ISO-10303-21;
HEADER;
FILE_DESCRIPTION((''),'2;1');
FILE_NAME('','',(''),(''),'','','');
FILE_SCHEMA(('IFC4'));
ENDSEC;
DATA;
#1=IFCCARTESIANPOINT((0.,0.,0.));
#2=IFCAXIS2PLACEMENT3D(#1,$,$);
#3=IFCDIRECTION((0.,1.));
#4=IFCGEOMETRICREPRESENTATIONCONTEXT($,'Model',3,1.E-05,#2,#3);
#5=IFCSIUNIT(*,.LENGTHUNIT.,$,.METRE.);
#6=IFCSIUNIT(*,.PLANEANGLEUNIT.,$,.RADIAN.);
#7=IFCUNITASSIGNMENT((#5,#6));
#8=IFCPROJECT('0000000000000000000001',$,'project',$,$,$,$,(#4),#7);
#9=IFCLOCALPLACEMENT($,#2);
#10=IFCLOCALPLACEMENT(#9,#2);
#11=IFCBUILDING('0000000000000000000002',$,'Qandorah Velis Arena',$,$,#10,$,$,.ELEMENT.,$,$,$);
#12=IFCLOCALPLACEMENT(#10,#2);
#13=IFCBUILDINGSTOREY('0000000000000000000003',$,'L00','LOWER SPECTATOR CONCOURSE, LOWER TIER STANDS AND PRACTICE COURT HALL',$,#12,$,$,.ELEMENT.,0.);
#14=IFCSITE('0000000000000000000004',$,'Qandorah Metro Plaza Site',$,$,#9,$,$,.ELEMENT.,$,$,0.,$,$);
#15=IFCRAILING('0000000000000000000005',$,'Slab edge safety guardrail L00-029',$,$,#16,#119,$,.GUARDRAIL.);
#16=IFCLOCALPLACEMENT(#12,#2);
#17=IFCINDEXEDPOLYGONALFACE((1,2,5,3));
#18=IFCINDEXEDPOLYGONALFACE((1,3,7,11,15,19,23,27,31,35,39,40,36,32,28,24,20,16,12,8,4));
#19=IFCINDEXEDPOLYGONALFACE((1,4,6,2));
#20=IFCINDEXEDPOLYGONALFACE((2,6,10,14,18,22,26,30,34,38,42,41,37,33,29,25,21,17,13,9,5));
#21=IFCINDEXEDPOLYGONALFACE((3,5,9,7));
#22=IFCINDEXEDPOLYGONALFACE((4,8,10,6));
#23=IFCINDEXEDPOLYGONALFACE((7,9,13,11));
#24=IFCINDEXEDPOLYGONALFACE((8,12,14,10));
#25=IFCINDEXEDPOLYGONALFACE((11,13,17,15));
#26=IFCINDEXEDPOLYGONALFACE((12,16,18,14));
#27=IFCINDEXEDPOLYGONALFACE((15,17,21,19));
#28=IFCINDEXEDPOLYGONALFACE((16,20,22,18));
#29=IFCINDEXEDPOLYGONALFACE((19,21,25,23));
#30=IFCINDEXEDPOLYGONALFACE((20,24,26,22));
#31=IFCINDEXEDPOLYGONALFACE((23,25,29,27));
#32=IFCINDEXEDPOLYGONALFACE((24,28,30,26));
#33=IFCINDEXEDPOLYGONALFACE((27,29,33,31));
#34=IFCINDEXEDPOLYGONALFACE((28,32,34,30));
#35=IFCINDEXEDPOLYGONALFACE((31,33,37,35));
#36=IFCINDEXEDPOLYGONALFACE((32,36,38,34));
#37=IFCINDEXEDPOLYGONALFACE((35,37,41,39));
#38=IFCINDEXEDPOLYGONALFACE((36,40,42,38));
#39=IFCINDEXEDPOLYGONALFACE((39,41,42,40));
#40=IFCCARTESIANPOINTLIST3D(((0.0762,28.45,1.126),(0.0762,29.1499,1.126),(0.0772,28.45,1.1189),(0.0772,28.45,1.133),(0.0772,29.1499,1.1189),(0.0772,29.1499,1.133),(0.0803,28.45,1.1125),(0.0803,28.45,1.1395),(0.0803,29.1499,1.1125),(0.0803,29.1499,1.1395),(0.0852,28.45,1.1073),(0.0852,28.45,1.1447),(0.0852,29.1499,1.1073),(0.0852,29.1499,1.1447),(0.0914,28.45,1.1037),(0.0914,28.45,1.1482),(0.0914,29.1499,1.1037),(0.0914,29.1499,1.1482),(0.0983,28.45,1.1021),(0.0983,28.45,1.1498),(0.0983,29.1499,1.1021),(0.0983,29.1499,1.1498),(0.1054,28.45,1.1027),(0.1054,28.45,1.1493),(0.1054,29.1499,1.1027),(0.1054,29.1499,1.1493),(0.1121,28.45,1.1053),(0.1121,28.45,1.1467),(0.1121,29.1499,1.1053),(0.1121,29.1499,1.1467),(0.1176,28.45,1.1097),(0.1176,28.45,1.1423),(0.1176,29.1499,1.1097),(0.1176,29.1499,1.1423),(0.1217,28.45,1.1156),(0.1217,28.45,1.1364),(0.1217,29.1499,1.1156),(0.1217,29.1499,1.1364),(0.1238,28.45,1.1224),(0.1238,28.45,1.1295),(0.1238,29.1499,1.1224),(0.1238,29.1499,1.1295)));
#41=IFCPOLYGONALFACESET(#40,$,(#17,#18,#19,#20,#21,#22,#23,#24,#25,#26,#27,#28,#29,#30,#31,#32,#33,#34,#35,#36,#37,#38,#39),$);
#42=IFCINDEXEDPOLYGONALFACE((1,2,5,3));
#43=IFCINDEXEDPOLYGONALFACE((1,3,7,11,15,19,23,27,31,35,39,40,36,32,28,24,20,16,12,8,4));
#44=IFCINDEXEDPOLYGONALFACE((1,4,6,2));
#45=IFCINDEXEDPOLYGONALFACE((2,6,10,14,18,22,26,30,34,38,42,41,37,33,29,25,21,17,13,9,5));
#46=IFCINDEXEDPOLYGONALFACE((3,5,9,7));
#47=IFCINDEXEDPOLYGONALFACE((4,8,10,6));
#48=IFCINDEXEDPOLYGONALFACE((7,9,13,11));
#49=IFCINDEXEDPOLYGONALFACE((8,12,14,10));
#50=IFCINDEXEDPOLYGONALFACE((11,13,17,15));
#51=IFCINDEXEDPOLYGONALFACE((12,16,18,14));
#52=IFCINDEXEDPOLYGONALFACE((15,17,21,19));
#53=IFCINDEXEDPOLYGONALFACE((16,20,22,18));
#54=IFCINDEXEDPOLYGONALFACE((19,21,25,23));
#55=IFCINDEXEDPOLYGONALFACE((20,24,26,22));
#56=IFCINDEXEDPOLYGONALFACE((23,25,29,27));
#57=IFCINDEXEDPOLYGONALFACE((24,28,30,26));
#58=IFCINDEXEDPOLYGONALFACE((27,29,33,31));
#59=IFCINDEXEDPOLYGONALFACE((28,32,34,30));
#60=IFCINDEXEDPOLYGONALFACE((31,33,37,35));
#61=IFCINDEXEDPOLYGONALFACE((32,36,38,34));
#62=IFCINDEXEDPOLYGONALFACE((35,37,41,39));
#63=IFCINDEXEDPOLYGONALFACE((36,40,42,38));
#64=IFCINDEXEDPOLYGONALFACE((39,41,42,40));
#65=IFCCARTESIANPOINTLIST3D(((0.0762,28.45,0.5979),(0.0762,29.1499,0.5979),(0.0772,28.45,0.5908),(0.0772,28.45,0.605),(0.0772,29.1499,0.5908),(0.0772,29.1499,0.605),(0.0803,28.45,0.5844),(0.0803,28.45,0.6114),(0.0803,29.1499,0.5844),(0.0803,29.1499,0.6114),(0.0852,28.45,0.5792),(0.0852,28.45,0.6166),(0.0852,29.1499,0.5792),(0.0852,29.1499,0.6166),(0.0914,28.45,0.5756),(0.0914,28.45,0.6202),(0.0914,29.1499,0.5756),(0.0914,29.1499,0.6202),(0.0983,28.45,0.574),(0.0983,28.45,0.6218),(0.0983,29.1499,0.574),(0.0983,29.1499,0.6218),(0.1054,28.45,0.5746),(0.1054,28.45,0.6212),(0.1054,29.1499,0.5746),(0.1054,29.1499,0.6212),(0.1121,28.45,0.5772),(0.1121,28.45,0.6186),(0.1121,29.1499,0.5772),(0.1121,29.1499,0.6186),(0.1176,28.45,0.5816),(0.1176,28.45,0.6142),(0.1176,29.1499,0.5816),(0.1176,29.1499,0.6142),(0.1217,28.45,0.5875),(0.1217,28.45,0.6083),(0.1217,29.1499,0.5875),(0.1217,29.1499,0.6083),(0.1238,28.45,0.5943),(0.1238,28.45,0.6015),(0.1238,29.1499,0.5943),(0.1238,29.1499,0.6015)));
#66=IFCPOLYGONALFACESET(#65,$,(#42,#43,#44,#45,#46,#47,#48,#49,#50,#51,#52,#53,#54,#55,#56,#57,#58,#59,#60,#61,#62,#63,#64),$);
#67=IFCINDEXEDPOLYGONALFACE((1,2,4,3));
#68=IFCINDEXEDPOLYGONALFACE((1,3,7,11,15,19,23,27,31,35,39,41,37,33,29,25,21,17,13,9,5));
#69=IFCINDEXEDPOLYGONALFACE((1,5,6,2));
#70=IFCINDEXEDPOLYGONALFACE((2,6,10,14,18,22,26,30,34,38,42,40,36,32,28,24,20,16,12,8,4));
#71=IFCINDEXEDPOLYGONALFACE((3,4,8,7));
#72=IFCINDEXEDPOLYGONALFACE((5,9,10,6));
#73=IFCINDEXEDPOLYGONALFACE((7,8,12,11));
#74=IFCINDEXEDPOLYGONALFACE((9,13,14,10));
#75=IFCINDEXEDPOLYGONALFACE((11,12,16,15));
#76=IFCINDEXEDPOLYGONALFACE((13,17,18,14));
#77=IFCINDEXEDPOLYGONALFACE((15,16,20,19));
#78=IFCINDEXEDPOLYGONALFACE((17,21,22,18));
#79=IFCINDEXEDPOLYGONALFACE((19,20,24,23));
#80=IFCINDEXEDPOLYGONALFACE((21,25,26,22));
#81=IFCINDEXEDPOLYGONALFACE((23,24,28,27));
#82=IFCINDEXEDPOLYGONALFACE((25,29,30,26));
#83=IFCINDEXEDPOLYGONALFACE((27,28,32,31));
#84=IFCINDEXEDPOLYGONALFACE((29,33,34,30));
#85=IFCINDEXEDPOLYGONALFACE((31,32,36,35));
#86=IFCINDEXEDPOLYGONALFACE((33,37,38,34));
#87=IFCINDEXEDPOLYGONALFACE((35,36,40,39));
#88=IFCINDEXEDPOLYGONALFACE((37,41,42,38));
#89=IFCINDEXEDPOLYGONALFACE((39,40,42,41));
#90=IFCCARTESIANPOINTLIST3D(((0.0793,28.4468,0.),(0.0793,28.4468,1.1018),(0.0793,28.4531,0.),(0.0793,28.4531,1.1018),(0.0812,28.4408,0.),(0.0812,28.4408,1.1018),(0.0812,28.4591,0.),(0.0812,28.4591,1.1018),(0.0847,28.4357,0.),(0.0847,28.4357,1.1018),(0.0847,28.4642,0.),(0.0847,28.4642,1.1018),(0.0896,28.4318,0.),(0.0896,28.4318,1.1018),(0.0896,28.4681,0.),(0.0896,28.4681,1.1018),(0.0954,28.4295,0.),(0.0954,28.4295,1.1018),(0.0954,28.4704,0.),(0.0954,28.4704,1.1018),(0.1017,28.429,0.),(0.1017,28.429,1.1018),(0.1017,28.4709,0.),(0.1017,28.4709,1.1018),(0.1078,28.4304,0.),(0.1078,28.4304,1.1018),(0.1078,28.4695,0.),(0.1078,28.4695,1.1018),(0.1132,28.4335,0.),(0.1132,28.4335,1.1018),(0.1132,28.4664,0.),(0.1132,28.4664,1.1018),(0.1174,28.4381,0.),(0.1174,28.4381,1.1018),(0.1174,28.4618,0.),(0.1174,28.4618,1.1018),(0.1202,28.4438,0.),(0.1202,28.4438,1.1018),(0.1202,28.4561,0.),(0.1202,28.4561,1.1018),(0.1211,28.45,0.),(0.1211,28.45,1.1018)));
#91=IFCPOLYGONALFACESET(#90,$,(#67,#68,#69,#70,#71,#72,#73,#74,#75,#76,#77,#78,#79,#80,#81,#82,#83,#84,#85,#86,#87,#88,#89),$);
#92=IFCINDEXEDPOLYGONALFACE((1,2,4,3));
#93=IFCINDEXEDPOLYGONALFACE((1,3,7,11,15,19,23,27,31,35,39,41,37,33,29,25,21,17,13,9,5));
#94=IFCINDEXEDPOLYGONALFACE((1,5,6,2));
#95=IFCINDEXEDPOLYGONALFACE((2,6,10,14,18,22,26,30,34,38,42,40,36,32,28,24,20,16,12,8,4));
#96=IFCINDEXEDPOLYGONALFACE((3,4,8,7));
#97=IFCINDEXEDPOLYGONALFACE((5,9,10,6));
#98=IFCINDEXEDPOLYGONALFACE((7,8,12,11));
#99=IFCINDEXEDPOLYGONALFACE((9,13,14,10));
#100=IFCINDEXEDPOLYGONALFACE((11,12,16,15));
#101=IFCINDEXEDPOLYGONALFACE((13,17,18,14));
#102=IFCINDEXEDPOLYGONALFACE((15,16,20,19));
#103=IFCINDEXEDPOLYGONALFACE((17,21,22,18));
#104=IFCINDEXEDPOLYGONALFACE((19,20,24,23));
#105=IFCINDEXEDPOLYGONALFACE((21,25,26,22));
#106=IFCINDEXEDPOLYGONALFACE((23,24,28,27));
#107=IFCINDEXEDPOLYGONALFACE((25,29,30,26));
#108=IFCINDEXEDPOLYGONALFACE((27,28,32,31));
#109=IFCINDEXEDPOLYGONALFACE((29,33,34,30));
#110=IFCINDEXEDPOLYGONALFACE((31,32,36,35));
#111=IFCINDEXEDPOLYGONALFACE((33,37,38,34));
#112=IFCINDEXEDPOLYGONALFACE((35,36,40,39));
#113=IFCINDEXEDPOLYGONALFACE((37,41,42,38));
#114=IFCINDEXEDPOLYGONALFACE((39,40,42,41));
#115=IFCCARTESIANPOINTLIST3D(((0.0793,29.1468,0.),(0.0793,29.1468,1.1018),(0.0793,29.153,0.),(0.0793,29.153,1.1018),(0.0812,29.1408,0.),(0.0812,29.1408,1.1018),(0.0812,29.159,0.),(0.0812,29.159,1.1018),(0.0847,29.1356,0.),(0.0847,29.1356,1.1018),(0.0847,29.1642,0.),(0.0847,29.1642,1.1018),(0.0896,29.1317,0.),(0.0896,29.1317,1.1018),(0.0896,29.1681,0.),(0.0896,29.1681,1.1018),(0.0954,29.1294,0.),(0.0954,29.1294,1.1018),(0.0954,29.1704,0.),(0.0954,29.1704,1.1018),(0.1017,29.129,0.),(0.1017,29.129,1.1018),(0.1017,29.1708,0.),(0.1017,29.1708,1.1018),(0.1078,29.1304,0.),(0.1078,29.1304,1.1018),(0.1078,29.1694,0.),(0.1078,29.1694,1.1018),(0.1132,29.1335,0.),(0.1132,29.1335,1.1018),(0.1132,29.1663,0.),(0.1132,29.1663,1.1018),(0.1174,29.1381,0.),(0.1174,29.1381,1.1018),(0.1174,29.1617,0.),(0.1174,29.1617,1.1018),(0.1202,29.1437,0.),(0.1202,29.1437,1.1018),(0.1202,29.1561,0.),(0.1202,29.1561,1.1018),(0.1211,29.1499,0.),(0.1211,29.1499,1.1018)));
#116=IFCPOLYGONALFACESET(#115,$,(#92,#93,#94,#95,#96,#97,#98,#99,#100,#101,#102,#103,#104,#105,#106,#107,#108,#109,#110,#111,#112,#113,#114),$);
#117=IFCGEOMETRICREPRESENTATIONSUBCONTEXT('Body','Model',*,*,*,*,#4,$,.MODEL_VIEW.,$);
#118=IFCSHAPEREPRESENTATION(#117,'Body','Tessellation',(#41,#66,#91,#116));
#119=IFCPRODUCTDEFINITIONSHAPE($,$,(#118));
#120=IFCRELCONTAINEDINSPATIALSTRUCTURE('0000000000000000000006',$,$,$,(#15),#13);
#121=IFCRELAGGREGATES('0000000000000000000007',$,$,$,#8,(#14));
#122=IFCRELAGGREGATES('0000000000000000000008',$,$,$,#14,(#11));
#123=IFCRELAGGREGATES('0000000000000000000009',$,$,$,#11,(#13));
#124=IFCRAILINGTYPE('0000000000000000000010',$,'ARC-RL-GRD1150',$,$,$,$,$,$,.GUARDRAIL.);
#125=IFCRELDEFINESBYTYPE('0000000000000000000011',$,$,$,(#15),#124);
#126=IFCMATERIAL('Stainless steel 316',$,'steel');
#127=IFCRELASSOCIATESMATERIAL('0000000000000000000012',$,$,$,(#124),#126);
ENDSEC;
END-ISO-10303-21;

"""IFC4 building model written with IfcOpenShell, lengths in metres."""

from ifc_helpers import new_model, si_unit, direction, frame, origin, origin_2d, place, context, subcontext, project, spatial, circle, extrude, material, type_object, element, save


model = new_model("IFC4")

# Units and contexts
model_context = context("Model", 3, precision=1e-05, world=origin(), true_north=direction((0.0, 1.0)))
body_context = subcontext(model_context, "Body", "Model", "MODEL_VIEW")
ifc_project = project(units=[si_unit("LENGTHUNIT", "METRE"), si_unit("PLANEANGLEUNIT", "RADIAN")], contexts=[model_context])

# Site, building, storey
site_placement = place(None, origin())
site = spatial("IfcSite", under=ifc_project, at=site_placement, Name="Qandorah Metro Plaza Site", CompositionType="ELEMENT", RefElevation=0.0)
building_placement = place(site_placement, origin())
building = spatial("IfcBuilding", under=site, at=building_placement, Name="Qandorah Velis Arena", CompositionType="ELEMENT")
storey_placement = place(building_placement, origin())
storey = spatial("IfcBuildingStorey", under=building, at=storey_placement, Name="L00", Description="LOWER SPECTATOR CONCOURSE, LOWER TIER STANDS AND PRACTICE COURT HALL", CompositionType="ELEMENT", Elevation=0.0)

# Railing
ifc_material_1 = material(Name="Stainless steel 316", Category="steel")
railing_type = type_object("IfcRailingType", Name="ARC-RL-GRD1150", PredefinedType="GUARDRAIL", material=ifc_material_1)
railing_1_placement = place(storey_placement, frame((0.1001, 28.45, 0.0)))
element("IfcRailing", 1, at=railing_1_placement, inside=storey, type_object=railing_type, Name="Slab edge safety guardrail L00-029", PredefinedType="GUARDRAIL", context=body_context, shape_type="SweptSolid", body=[
    extrude(circle(Radius=0.0239, at=origin_2d()), frame((0.0, 0.0, 1.126), z_axis=(0.0, 1.0, 0.0), x_axis=(-1.0, 0.0, 0.0)), (0.0, 0.0, 1.0), 0.7),
    extrude(circle(Radius=0.0239, at=origin_2d()), frame((0.0, 0.0, 0.5979), z_axis=(0.0, 1.0, 0.0), x_axis=(-1.0, 0.0, 0.0)), (0.0, 0.0, 1.0), 0.7),
    extrude(circle(Radius=0.021, at=origin_2d()), origin(), (0.0, 0.0, 1.0), 1.1018),
    extrude(circle(Radius=0.021, at=origin_2d()), frame((0.0, 0.7, 0.0)), (0.0, 0.0, 1.0), 1.1018),
])

save(model, "model.ifc")
